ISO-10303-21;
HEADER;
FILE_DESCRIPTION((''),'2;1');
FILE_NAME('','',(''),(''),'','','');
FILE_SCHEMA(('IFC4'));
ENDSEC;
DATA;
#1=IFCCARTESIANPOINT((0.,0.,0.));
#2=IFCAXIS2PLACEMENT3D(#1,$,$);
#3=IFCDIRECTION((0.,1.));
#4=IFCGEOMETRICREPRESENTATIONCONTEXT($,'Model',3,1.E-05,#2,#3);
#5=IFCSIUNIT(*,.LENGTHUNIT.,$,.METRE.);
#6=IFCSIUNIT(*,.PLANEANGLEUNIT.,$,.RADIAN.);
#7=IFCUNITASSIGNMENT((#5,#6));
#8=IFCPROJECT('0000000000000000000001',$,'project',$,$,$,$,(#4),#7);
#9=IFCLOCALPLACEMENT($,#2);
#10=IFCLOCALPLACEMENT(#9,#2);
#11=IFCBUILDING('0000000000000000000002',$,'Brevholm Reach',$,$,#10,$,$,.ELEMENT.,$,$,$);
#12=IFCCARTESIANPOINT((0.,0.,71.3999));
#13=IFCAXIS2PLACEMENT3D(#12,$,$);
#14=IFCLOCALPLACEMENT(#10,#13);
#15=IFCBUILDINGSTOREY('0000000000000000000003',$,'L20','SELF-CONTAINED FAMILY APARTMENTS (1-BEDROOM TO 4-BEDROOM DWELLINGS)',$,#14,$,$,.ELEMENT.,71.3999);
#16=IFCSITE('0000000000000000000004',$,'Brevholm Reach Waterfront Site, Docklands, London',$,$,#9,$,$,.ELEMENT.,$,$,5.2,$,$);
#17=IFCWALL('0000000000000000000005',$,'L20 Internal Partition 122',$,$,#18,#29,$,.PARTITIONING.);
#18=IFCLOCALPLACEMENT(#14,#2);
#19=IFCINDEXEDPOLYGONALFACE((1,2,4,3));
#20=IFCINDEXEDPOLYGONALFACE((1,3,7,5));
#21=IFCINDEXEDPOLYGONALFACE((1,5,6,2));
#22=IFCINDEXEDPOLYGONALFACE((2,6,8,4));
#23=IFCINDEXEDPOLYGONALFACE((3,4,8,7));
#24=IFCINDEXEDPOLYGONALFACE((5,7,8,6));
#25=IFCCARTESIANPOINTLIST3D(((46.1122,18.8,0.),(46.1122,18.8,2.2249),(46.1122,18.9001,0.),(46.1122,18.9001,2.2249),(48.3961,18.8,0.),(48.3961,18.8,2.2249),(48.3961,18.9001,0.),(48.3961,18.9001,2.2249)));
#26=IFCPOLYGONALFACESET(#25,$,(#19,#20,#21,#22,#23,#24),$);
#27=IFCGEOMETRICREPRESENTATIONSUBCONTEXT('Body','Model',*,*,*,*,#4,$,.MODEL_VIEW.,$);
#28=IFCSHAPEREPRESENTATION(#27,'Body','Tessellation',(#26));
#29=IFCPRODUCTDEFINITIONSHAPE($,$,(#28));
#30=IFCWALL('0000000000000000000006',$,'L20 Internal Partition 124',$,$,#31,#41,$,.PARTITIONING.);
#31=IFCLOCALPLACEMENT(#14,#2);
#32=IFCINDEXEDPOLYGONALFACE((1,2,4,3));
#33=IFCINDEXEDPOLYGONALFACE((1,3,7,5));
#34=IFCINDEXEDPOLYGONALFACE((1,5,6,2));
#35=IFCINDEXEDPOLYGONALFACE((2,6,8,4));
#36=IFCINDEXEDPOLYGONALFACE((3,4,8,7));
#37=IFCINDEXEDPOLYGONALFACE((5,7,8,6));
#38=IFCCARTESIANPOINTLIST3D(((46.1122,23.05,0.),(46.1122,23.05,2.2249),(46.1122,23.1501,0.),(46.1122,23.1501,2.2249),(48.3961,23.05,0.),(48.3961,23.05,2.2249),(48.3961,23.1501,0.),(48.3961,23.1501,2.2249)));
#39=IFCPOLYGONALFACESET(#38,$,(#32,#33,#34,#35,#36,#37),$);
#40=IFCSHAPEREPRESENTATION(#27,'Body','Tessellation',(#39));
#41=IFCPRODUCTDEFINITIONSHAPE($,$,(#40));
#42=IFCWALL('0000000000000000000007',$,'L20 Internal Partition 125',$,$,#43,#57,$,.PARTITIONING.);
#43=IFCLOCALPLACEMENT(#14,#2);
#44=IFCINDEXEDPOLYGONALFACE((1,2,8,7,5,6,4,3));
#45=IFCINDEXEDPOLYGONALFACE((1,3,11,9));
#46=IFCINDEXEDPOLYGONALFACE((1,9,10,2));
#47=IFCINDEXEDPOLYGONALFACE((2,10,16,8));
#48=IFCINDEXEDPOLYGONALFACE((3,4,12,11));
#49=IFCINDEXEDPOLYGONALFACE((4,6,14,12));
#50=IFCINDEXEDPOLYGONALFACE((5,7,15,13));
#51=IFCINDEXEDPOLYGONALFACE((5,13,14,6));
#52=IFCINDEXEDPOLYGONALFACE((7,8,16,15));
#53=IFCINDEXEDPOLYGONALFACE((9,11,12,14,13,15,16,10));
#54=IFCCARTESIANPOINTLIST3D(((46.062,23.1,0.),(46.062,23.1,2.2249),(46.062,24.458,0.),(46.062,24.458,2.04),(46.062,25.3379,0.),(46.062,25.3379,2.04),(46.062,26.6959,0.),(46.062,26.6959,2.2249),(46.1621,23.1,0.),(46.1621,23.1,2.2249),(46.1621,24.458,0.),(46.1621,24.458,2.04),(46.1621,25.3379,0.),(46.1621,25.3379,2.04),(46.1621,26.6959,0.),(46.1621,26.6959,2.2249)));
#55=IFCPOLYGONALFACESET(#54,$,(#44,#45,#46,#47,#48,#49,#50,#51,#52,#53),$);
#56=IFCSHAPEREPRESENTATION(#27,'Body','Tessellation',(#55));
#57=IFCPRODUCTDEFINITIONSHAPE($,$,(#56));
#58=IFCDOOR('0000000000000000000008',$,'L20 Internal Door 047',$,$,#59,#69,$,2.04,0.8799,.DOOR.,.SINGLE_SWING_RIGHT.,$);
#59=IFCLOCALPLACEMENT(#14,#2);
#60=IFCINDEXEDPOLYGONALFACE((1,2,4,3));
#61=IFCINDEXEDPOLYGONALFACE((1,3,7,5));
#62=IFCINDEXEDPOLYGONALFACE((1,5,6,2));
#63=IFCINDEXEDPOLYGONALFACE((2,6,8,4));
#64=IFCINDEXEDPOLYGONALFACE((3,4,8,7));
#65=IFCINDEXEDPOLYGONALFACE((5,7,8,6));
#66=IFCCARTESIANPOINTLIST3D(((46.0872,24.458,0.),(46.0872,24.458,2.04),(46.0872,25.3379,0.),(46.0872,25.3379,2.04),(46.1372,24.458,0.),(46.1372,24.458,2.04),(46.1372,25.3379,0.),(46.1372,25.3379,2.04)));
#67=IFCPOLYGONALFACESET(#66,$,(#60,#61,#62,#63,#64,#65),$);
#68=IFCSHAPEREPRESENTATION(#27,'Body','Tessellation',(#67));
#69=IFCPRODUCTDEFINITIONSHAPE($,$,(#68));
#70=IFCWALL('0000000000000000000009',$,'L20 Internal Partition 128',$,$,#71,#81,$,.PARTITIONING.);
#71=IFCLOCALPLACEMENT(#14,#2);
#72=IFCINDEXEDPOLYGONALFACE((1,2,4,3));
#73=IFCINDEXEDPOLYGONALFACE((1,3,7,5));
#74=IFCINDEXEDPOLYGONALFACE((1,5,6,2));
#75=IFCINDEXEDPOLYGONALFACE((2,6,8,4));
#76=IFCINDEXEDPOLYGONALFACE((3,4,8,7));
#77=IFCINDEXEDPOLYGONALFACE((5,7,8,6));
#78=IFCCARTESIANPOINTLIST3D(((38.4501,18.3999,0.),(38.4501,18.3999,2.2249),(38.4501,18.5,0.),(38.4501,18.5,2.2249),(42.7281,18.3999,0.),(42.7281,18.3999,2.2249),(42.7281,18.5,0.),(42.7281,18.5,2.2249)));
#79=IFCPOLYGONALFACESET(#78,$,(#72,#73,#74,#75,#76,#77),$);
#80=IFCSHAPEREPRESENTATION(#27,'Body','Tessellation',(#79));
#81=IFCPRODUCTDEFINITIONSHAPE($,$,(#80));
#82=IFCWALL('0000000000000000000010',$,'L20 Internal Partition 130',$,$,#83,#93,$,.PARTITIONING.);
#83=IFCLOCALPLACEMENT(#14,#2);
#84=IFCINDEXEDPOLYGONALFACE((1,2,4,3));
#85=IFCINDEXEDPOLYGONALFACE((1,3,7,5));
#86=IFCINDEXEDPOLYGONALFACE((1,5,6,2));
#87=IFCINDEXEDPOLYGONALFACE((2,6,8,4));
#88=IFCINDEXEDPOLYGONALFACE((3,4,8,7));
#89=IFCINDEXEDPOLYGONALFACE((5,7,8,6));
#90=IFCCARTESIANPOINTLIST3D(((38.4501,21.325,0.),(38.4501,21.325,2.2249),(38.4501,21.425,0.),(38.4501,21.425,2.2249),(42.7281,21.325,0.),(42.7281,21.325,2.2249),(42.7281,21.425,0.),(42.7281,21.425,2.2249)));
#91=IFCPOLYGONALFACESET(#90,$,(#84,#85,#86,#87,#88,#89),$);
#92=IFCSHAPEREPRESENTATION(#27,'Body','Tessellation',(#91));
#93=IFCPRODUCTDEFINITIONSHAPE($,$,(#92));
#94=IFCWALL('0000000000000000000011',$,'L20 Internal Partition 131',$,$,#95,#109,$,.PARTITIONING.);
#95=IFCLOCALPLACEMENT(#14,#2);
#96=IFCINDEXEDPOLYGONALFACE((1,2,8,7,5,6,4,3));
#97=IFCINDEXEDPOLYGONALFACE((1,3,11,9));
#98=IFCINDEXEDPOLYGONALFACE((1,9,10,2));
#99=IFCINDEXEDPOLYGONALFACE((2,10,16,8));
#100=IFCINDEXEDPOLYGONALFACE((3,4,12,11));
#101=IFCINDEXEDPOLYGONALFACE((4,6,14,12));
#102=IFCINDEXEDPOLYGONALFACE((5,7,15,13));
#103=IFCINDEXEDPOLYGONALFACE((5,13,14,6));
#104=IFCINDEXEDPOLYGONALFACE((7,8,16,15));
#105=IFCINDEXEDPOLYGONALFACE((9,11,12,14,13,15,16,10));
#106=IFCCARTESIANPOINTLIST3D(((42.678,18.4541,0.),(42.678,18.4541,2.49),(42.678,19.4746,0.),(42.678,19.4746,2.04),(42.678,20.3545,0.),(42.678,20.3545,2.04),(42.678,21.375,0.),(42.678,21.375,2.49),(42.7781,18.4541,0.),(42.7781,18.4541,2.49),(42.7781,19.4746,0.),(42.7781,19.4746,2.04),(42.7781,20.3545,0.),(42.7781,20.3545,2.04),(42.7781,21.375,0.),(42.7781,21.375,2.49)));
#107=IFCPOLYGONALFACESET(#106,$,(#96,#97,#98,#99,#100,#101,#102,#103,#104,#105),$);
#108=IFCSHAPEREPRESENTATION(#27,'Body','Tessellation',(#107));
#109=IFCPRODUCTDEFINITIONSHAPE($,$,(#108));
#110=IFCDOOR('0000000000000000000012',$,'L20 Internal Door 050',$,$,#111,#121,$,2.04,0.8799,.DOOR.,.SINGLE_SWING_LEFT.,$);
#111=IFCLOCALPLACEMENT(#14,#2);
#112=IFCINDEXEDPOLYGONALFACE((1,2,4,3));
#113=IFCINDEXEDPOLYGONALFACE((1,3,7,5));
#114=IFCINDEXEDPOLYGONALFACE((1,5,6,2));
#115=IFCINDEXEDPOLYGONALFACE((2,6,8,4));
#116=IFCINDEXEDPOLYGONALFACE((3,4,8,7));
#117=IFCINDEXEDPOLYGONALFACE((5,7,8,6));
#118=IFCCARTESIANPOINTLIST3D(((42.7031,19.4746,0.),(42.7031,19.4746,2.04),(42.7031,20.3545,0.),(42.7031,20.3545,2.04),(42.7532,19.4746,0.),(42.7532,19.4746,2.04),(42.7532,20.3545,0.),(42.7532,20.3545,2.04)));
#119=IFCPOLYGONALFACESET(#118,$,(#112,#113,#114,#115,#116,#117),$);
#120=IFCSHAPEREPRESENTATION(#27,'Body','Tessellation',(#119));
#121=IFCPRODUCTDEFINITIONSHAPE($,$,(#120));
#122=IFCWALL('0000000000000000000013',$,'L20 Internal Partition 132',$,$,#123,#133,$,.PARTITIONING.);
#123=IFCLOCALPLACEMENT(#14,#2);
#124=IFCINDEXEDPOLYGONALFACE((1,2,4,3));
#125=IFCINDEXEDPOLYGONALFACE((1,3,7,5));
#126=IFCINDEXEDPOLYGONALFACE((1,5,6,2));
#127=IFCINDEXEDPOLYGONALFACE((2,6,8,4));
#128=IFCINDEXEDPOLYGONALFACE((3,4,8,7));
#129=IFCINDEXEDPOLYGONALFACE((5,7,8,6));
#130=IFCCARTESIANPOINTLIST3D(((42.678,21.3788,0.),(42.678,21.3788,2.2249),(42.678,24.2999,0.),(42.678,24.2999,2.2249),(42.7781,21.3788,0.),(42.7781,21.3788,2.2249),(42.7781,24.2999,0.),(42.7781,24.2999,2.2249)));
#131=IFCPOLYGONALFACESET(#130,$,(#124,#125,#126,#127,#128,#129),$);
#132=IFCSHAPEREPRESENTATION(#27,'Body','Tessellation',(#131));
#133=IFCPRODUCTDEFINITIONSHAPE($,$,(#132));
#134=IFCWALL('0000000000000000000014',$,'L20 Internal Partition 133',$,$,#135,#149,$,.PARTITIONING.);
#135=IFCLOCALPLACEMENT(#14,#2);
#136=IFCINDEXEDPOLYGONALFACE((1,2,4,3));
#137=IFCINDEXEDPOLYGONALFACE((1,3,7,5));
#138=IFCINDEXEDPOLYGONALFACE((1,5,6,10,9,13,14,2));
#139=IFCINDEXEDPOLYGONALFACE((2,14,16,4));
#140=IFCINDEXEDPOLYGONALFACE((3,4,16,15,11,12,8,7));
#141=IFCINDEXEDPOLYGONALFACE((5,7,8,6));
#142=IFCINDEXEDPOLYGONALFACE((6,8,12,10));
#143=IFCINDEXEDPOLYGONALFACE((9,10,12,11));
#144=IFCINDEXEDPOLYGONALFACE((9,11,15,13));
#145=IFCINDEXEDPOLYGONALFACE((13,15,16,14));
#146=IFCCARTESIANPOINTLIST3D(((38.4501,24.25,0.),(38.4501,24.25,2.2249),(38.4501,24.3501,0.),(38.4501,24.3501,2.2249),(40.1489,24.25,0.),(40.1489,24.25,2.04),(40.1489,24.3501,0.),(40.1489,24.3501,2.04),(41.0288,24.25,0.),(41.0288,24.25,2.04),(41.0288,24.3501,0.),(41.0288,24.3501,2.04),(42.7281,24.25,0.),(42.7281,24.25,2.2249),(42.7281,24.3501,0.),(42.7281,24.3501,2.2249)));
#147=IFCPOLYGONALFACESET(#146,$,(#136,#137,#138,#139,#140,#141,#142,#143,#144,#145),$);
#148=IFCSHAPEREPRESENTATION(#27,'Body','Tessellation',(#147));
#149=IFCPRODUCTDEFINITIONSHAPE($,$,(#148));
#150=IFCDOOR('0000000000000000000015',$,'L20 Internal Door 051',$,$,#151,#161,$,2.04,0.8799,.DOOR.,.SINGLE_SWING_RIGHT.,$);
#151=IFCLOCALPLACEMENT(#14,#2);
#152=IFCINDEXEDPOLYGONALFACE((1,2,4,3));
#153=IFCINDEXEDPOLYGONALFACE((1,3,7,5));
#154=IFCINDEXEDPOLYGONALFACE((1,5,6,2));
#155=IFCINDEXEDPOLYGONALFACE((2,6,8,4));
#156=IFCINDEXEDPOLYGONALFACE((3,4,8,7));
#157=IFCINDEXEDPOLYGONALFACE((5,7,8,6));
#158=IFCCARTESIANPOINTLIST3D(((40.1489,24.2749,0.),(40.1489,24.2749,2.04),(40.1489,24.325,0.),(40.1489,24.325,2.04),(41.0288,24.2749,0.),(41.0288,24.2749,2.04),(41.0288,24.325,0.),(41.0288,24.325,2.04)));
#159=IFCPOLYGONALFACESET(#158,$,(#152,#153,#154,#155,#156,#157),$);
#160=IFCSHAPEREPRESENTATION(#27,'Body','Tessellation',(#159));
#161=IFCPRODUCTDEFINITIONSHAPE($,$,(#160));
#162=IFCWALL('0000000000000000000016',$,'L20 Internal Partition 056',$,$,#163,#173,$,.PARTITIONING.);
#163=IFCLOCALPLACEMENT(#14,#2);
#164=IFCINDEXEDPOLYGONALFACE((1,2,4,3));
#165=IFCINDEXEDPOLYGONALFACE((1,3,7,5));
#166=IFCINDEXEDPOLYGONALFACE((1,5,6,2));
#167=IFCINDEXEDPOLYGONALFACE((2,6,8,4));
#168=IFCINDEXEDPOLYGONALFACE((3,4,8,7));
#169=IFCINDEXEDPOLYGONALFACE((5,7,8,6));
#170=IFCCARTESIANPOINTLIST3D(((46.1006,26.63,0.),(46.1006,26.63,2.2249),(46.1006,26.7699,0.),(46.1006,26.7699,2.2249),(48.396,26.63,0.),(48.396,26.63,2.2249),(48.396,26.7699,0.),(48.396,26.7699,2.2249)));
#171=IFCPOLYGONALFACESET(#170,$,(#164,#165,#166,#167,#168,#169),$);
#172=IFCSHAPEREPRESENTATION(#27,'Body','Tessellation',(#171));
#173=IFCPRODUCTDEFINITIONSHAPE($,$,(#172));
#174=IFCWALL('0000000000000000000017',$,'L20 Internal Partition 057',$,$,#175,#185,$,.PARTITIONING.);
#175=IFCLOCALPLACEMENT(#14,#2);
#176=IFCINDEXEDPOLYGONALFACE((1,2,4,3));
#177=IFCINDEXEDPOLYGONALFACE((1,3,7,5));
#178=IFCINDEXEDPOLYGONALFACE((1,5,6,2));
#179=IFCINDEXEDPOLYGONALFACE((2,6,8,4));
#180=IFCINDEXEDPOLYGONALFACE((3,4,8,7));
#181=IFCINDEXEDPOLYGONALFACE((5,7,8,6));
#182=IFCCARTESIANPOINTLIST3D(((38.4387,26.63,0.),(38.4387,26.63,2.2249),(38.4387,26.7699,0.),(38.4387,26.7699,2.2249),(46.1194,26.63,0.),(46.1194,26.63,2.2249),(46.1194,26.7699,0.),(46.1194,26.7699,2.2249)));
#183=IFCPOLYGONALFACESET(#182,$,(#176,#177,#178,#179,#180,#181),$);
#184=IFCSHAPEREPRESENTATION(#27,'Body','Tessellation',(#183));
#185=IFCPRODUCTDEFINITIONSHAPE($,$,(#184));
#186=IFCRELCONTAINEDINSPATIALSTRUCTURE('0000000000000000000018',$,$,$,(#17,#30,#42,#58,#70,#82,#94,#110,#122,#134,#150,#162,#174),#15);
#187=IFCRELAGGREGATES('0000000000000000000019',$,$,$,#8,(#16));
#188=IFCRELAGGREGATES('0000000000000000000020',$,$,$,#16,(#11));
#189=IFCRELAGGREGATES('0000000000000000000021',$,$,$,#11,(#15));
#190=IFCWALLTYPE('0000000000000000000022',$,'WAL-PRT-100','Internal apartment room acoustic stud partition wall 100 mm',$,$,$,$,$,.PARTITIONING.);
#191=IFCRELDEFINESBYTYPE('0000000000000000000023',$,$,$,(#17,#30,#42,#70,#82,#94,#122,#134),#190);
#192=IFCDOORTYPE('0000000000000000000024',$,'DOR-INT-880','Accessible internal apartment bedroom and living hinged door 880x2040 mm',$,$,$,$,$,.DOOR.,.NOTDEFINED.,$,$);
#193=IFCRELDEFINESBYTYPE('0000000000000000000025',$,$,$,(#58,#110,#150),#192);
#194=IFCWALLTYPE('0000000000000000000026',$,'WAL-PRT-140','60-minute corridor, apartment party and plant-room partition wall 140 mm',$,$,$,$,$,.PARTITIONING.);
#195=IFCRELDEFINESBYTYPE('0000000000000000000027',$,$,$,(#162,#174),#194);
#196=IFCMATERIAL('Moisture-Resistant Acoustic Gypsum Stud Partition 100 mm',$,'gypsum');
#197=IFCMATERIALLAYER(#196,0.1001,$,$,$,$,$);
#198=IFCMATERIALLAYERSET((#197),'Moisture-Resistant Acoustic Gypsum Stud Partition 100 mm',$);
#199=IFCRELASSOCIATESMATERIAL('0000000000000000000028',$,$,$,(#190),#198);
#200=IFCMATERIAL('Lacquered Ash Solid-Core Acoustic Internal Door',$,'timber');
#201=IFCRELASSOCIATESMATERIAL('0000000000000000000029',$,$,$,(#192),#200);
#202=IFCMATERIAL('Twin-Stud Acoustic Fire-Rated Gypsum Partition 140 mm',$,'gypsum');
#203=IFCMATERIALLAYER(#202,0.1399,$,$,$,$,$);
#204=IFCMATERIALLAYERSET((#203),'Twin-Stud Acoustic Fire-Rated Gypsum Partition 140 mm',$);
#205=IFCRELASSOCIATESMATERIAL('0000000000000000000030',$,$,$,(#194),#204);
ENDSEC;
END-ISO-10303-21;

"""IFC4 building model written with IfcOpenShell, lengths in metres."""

from ifc_helpers import new_model, si_unit, direction, frame, frame_2d, origin, place, context, subcontext, project, spatial, rectangle, extrude, material, layer, layer_set, type_object, element, fill, save


model = new_model("IFC4")

# Units and contexts
model_context = context("Model", 3, precision=1e-05, world=origin(), true_north=direction((0.0, 1.0)))
body_context = subcontext(model_context, "Body", "Model", "MODEL_VIEW")
ifc_project = project(units=[si_unit("LENGTHUNIT", "METRE"), si_unit("PLANEANGLEUNIT", "RADIAN")], contexts=[model_context])

# Site, building, storey
site_placement = place(None, origin())
site = spatial("IfcSite", under=ifc_project, at=site_placement, Name="Brevholm Reach Waterfront Site, Docklands, London", CompositionType="ELEMENT", RefElevation=5.2)
building_placement = place(site_placement, origin())
building = spatial("IfcBuilding", under=site, at=building_placement, Name="Brevholm Reach", CompositionType="ELEMENT")
storey_placement = place(building_placement, frame((0.0, 0.0, 71.3999)))
storey = spatial("IfcBuildingStorey", under=building, at=storey_placement, Name="L20", Description="SELF-CONTAINED FAMILY APARTMENTS (1-BEDROOM TO 4-BEDROOM DWELLINGS)", CompositionType="ELEMENT", Elevation=71.3999)

# Walls
ifc_material_1 = material(Name="Moisture-Resistant Acoustic Gypsum Stud Partition 100 mm", Category="gypsum")
ifc_layer_1 = layer(ifc_material_1, 0.1001)
ifc_layer_set_1 = layer_set([ifc_layer_1], Name="Moisture-Resistant Acoustic Gypsum Stud Partition 100 mm")
wall_type_1 = type_object("IfcWallType", Name="WAL-PRT-100", Description="Internal apartment room acoustic stud partition wall 100 mm", PredefinedType="PARTITIONING", material=ifc_layer_set_1)
for number, where, z_axis, x_axis, name in (
    (1, (46.1121, 18.8501, 0.0), (0.0, 0.0, 1.0), (1.0, 0.0, 0.0), "L20 Internal Partition 122"),
    (2, (46.1121, 23.1001, 0.0), (0.0, 0.0, 1.0), (1.0, 0.0, 0.0), "L20 Internal Partition 124"),
):
    element("IfcWall", number, at=place(storey_placement, frame(where, z_axis=z_axis, x_axis=x_axis)), inside=storey, type_object=wall_type_1, Name=name, PredefinedType="PARTITIONING", context=body_context, shape_type="SweptSolid", body=[
        extrude(rectangle(XDim=2.2839, YDim=0.1001, at=frame_2d((1.1421, 0.0))), origin(), (0.0, 0.0, 1.0), 2.2249),
    ])

# Wall, opening, door
wall_1_placement = place(storey_placement, frame((46.1121, 23.1001, 0.0), z_axis=(0.0, 0.0, 1.0), x_axis=(0.0, 1.0, 0.0)))
wall_1 = element("IfcWall", 3, at=wall_1_placement, inside=storey, type_object=wall_type_1, Name="L20 Internal Partition 125", PredefinedType="PARTITIONING", context=body_context, shape_type="SweptSolid", body=[
    extrude(rectangle(XDim=3.5959, YDim=0.1001, at=frame_2d((1.7979, 0.0))), origin(), (0.0, 0.0, 1.0), 2.2249),
])
opening_1_placement = place(wall_1_placement, frame((1.3579, 0.0, 0.0)))
opening_1 = element("IfcOpeningElement", 4, at=opening_1_placement, cuts=wall_1, PredefinedType="OPENING", context=body_context, shape_type="SweptSolid", body=[
    extrude(rectangle(XDim=0.8799, YDim=2.04, at=frame_2d((0.4399, 1.02))), frame((0.0, 0.0601, 0.0), z_axis=(0.0, -1.0, 0.0), x_axis=(1.0, 0.0, 0.0)), (0.0, 0.0, 1.0), 0.1201),
])
ifc_material_2 = material(Name="Lacquered Ash Solid-Core Acoustic Internal Door", Category="timber")
door_type = type_object("IfcDoorType", Name="DOR-INT-880", Description="Accessible internal apartment bedroom and living hinged door 880x2040 mm", OperationType="NOTDEFINED", PredefinedType="DOOR", material=ifc_material_2)
door_1_placement = place(opening_1_placement, origin())
door_1 = element("IfcDoor", 5, at=door_1_placement, inside=storey, type_object=door_type, Name="L20 Internal Door 047", OperationType="SINGLE_SWING_RIGHT", OverallHeight=2.04, OverallWidth=0.8799, PredefinedType="DOOR", context=body_context, shape_type="SweptSolid", body=[
    extrude(rectangle(XDim=0.8799, YDim=2.04, at=frame_2d((0.4399, 1.02))), frame((0.0, 0.0249, 0.0), z_axis=(0.0, -1.0, 0.0), x_axis=(1.0, 0.0, 0.0)), (0.0, 0.0, 1.0), 0.05),
])
fill(opening_1, door_1)

# Walls
for number, where, z_axis, x_axis, name in (
    (6, (38.45, 18.45, 0.0), (0.0, 0.0, 1.0), (1.0, 0.0, 0.0), "L20 Internal Partition 128"),
    (7, (38.45, 21.375, 0.0), (0.0, 0.0, 1.0), (1.0, 0.0, 0.0), "L20 Internal Partition 130"),
):
    element("IfcWall", number, at=place(storey_placement, frame(where, z_axis=z_axis, x_axis=x_axis)), inside=storey, type_object=wall_type_1, Name=name, PredefinedType="PARTITIONING", context=body_context, shape_type="SweptSolid", body=[
        extrude(rectangle(XDim=4.2781, YDim=0.1001, at=frame_2d((2.1392, 0.0))), origin(), (0.0, 0.0, 1.0), 2.2249),
    ])

# Wall, opening, door
wall_2_placement = place(storey_placement, frame((42.728, 18.4541, 0.0), z_axis=(0.0, 0.0, 1.0), x_axis=(0.0, 1.0, 0.0)))
wall_2 = element("IfcWall", 8, at=wall_2_placement, inside=storey, type_object=wall_type_1, Name="L20 Internal Partition 131", PredefinedType="PARTITIONING", context=body_context, shape_type="SweptSolid", body=[
    extrude(rectangle(XDim=2.9209, YDim=0.1001, at=frame_2d((1.4604, 0.0))), origin(), (0.0, 0.0, 1.0), 2.49),
])
opening_2_placement = place(wall_2_placement, frame((1.0205, 0.0, 0.0)))
opening_2 = element("IfcOpeningElement", 9, at=opening_2_placement, cuts=wall_2, PredefinedType="OPENING", context=body_context, shape_type="SweptSolid", body=[
    extrude(rectangle(XDim=0.8799, YDim=2.04, at=frame_2d((0.4399, 1.02))), frame((0.0, 0.0601, 0.0), z_axis=(0.0, -1.0, 0.0), x_axis=(1.0, 0.0, 0.0)), (0.0, 0.0, 1.0), 0.1201),
])
door_2_placement = place(opening_2_placement, origin())
door_2 = element("IfcDoor", 10, at=door_2_placement, inside=storey, type_object=door_type, Name="L20 Internal Door 050", OperationType="SINGLE_SWING_LEFT", OverallHeight=2.04, OverallWidth=0.8799, PredefinedType="DOOR", context=body_context, shape_type="SweptSolid", body=[
    extrude(rectangle(XDim=0.8799, YDim=2.04, at=frame_2d((0.4399, 1.02))), frame((0.0, 0.0249, 0.0), z_axis=(0.0, -1.0, 0.0), x_axis=(1.0, 0.0, 0.0)), (0.0, 0.0, 1.0), 0.05),
])
fill(opening_2, door_2)

# Wall
wall_3_placement = place(storey_placement, frame((42.728, 21.3789, 0.0), z_axis=(0.0, 0.0, 1.0), x_axis=(0.0, 1.0, 0.0)))
element("IfcWall", 11, at=wall_3_placement, inside=storey, type_object=wall_type_1, Name="L20 Internal Partition 132", PredefinedType="PARTITIONING", context=body_context, shape_type="SweptSolid", body=[
    extrude(rectangle(XDim=2.9211, YDim=0.1001, at=frame_2d((1.4604, 0.0))), origin(), (0.0, 0.0, 1.0), 2.2249),
])

# Wall, opening, door
wall_4_placement = place(storey_placement, frame((38.45, 24.3, 0.0), z_axis=(0.0, 0.0, 1.0), x_axis=(1.0, 0.0, 0.0)))
wall_4 = element("IfcWall", 12, at=wall_4_placement, inside=storey, type_object=wall_type_1, Name="L20 Internal Partition 133", PredefinedType="PARTITIONING", context=body_context, shape_type="SweptSolid", body=[
    extrude(rectangle(XDim=4.2781, YDim=0.1001, at=frame_2d((2.1392, 0.0))), origin(), (0.0, 0.0, 1.0), 2.2249),
])
opening_3_placement = place(wall_4_placement, frame((1.699, 0.0, 0.0)))
opening_3 = element("IfcOpeningElement", 13, at=opening_3_placement, cuts=wall_4, PredefinedType="OPENING", context=body_context, shape_type="SweptSolid", body=[
    extrude(rectangle(XDim=0.8799, YDim=2.04, at=frame_2d((0.4399, 1.02))), frame((0.0, 0.0601, 0.0), z_axis=(0.0, -1.0, 0.0), x_axis=(1.0, 0.0, 0.0)), (0.0, 0.0, 1.0), 0.1201),
])
door_3_placement = place(opening_3_placement, origin())
door_3 = element("IfcDoor", 14, at=door_3_placement, inside=storey, type_object=door_type, Name="L20 Internal Door 051", OperationType="SINGLE_SWING_RIGHT", OverallHeight=2.04, OverallWidth=0.8799, PredefinedType="DOOR", context=body_context, shape_type="SweptSolid", body=[
    extrude(rectangle(XDim=0.8799, YDim=2.04, at=frame_2d((0.4399, 1.02))), frame((0.0, 0.0249, 0.0), z_axis=(0.0, -1.0, 0.0), x_axis=(1.0, 0.0, 0.0)), (0.0, 0.0, 1.0), 0.05),
])
fill(opening_3, door_3)

# Walls
ifc_material_3 = material(Name="Twin-Stud Acoustic Fire-Rated Gypsum Partition 140 mm", Category="gypsum")
ifc_layer_2 = layer(ifc_material_3, 0.1399)
ifc_layer_set_2 = layer_set([ifc_layer_2], Name="Twin-Stud Acoustic Fire-Rated Gypsum Partition 140 mm")
wall_type_2 = type_object("IfcWallType", Name="WAL-PRT-140", Description="60-minute corridor, apartment party and plant-room partition wall 140 mm", PredefinedType="PARTITIONING", material=ifc_layer_set_2)
wall_5_placement = place(storey_placement, frame((46.1006, 26.7, 0.0), z_axis=(0.0, 0.0, 1.0), x_axis=(1.0, 0.0, 0.0)))
element("IfcWall", 15, at=wall_5_placement, inside=storey, type_object=wall_type_2, Name="L20 Internal Partition 056", PredefinedType="PARTITIONING", context=body_context, shape_type="SweptSolid", body=[
    extrude(rectangle(XDim=2.2954, YDim=0.1399, at=frame_2d((1.1477, 0.0))), origin(), (0.0, 0.0, 1.0), 2.2249),
])
wall_6_placement = place(storey_placement, frame((38.4387, 26.7, 0.0), z_axis=(0.0, 0.0, 1.0), x_axis=(1.0, 0.0, 0.0)))
element("IfcWall", 16, at=wall_6_placement, inside=storey, type_object=wall_type_2, Name="L20 Internal Partition 057", PredefinedType="PARTITIONING", context=body_context, shape_type="SweptSolid", body=[
    extrude(rectangle(XDim=7.6807, YDim=0.1399, at=frame_2d((3.8403, 0.0))), origin(), (0.0, 0.0, 1.0), 2.2249),
])

save(model, "model.ifc")
